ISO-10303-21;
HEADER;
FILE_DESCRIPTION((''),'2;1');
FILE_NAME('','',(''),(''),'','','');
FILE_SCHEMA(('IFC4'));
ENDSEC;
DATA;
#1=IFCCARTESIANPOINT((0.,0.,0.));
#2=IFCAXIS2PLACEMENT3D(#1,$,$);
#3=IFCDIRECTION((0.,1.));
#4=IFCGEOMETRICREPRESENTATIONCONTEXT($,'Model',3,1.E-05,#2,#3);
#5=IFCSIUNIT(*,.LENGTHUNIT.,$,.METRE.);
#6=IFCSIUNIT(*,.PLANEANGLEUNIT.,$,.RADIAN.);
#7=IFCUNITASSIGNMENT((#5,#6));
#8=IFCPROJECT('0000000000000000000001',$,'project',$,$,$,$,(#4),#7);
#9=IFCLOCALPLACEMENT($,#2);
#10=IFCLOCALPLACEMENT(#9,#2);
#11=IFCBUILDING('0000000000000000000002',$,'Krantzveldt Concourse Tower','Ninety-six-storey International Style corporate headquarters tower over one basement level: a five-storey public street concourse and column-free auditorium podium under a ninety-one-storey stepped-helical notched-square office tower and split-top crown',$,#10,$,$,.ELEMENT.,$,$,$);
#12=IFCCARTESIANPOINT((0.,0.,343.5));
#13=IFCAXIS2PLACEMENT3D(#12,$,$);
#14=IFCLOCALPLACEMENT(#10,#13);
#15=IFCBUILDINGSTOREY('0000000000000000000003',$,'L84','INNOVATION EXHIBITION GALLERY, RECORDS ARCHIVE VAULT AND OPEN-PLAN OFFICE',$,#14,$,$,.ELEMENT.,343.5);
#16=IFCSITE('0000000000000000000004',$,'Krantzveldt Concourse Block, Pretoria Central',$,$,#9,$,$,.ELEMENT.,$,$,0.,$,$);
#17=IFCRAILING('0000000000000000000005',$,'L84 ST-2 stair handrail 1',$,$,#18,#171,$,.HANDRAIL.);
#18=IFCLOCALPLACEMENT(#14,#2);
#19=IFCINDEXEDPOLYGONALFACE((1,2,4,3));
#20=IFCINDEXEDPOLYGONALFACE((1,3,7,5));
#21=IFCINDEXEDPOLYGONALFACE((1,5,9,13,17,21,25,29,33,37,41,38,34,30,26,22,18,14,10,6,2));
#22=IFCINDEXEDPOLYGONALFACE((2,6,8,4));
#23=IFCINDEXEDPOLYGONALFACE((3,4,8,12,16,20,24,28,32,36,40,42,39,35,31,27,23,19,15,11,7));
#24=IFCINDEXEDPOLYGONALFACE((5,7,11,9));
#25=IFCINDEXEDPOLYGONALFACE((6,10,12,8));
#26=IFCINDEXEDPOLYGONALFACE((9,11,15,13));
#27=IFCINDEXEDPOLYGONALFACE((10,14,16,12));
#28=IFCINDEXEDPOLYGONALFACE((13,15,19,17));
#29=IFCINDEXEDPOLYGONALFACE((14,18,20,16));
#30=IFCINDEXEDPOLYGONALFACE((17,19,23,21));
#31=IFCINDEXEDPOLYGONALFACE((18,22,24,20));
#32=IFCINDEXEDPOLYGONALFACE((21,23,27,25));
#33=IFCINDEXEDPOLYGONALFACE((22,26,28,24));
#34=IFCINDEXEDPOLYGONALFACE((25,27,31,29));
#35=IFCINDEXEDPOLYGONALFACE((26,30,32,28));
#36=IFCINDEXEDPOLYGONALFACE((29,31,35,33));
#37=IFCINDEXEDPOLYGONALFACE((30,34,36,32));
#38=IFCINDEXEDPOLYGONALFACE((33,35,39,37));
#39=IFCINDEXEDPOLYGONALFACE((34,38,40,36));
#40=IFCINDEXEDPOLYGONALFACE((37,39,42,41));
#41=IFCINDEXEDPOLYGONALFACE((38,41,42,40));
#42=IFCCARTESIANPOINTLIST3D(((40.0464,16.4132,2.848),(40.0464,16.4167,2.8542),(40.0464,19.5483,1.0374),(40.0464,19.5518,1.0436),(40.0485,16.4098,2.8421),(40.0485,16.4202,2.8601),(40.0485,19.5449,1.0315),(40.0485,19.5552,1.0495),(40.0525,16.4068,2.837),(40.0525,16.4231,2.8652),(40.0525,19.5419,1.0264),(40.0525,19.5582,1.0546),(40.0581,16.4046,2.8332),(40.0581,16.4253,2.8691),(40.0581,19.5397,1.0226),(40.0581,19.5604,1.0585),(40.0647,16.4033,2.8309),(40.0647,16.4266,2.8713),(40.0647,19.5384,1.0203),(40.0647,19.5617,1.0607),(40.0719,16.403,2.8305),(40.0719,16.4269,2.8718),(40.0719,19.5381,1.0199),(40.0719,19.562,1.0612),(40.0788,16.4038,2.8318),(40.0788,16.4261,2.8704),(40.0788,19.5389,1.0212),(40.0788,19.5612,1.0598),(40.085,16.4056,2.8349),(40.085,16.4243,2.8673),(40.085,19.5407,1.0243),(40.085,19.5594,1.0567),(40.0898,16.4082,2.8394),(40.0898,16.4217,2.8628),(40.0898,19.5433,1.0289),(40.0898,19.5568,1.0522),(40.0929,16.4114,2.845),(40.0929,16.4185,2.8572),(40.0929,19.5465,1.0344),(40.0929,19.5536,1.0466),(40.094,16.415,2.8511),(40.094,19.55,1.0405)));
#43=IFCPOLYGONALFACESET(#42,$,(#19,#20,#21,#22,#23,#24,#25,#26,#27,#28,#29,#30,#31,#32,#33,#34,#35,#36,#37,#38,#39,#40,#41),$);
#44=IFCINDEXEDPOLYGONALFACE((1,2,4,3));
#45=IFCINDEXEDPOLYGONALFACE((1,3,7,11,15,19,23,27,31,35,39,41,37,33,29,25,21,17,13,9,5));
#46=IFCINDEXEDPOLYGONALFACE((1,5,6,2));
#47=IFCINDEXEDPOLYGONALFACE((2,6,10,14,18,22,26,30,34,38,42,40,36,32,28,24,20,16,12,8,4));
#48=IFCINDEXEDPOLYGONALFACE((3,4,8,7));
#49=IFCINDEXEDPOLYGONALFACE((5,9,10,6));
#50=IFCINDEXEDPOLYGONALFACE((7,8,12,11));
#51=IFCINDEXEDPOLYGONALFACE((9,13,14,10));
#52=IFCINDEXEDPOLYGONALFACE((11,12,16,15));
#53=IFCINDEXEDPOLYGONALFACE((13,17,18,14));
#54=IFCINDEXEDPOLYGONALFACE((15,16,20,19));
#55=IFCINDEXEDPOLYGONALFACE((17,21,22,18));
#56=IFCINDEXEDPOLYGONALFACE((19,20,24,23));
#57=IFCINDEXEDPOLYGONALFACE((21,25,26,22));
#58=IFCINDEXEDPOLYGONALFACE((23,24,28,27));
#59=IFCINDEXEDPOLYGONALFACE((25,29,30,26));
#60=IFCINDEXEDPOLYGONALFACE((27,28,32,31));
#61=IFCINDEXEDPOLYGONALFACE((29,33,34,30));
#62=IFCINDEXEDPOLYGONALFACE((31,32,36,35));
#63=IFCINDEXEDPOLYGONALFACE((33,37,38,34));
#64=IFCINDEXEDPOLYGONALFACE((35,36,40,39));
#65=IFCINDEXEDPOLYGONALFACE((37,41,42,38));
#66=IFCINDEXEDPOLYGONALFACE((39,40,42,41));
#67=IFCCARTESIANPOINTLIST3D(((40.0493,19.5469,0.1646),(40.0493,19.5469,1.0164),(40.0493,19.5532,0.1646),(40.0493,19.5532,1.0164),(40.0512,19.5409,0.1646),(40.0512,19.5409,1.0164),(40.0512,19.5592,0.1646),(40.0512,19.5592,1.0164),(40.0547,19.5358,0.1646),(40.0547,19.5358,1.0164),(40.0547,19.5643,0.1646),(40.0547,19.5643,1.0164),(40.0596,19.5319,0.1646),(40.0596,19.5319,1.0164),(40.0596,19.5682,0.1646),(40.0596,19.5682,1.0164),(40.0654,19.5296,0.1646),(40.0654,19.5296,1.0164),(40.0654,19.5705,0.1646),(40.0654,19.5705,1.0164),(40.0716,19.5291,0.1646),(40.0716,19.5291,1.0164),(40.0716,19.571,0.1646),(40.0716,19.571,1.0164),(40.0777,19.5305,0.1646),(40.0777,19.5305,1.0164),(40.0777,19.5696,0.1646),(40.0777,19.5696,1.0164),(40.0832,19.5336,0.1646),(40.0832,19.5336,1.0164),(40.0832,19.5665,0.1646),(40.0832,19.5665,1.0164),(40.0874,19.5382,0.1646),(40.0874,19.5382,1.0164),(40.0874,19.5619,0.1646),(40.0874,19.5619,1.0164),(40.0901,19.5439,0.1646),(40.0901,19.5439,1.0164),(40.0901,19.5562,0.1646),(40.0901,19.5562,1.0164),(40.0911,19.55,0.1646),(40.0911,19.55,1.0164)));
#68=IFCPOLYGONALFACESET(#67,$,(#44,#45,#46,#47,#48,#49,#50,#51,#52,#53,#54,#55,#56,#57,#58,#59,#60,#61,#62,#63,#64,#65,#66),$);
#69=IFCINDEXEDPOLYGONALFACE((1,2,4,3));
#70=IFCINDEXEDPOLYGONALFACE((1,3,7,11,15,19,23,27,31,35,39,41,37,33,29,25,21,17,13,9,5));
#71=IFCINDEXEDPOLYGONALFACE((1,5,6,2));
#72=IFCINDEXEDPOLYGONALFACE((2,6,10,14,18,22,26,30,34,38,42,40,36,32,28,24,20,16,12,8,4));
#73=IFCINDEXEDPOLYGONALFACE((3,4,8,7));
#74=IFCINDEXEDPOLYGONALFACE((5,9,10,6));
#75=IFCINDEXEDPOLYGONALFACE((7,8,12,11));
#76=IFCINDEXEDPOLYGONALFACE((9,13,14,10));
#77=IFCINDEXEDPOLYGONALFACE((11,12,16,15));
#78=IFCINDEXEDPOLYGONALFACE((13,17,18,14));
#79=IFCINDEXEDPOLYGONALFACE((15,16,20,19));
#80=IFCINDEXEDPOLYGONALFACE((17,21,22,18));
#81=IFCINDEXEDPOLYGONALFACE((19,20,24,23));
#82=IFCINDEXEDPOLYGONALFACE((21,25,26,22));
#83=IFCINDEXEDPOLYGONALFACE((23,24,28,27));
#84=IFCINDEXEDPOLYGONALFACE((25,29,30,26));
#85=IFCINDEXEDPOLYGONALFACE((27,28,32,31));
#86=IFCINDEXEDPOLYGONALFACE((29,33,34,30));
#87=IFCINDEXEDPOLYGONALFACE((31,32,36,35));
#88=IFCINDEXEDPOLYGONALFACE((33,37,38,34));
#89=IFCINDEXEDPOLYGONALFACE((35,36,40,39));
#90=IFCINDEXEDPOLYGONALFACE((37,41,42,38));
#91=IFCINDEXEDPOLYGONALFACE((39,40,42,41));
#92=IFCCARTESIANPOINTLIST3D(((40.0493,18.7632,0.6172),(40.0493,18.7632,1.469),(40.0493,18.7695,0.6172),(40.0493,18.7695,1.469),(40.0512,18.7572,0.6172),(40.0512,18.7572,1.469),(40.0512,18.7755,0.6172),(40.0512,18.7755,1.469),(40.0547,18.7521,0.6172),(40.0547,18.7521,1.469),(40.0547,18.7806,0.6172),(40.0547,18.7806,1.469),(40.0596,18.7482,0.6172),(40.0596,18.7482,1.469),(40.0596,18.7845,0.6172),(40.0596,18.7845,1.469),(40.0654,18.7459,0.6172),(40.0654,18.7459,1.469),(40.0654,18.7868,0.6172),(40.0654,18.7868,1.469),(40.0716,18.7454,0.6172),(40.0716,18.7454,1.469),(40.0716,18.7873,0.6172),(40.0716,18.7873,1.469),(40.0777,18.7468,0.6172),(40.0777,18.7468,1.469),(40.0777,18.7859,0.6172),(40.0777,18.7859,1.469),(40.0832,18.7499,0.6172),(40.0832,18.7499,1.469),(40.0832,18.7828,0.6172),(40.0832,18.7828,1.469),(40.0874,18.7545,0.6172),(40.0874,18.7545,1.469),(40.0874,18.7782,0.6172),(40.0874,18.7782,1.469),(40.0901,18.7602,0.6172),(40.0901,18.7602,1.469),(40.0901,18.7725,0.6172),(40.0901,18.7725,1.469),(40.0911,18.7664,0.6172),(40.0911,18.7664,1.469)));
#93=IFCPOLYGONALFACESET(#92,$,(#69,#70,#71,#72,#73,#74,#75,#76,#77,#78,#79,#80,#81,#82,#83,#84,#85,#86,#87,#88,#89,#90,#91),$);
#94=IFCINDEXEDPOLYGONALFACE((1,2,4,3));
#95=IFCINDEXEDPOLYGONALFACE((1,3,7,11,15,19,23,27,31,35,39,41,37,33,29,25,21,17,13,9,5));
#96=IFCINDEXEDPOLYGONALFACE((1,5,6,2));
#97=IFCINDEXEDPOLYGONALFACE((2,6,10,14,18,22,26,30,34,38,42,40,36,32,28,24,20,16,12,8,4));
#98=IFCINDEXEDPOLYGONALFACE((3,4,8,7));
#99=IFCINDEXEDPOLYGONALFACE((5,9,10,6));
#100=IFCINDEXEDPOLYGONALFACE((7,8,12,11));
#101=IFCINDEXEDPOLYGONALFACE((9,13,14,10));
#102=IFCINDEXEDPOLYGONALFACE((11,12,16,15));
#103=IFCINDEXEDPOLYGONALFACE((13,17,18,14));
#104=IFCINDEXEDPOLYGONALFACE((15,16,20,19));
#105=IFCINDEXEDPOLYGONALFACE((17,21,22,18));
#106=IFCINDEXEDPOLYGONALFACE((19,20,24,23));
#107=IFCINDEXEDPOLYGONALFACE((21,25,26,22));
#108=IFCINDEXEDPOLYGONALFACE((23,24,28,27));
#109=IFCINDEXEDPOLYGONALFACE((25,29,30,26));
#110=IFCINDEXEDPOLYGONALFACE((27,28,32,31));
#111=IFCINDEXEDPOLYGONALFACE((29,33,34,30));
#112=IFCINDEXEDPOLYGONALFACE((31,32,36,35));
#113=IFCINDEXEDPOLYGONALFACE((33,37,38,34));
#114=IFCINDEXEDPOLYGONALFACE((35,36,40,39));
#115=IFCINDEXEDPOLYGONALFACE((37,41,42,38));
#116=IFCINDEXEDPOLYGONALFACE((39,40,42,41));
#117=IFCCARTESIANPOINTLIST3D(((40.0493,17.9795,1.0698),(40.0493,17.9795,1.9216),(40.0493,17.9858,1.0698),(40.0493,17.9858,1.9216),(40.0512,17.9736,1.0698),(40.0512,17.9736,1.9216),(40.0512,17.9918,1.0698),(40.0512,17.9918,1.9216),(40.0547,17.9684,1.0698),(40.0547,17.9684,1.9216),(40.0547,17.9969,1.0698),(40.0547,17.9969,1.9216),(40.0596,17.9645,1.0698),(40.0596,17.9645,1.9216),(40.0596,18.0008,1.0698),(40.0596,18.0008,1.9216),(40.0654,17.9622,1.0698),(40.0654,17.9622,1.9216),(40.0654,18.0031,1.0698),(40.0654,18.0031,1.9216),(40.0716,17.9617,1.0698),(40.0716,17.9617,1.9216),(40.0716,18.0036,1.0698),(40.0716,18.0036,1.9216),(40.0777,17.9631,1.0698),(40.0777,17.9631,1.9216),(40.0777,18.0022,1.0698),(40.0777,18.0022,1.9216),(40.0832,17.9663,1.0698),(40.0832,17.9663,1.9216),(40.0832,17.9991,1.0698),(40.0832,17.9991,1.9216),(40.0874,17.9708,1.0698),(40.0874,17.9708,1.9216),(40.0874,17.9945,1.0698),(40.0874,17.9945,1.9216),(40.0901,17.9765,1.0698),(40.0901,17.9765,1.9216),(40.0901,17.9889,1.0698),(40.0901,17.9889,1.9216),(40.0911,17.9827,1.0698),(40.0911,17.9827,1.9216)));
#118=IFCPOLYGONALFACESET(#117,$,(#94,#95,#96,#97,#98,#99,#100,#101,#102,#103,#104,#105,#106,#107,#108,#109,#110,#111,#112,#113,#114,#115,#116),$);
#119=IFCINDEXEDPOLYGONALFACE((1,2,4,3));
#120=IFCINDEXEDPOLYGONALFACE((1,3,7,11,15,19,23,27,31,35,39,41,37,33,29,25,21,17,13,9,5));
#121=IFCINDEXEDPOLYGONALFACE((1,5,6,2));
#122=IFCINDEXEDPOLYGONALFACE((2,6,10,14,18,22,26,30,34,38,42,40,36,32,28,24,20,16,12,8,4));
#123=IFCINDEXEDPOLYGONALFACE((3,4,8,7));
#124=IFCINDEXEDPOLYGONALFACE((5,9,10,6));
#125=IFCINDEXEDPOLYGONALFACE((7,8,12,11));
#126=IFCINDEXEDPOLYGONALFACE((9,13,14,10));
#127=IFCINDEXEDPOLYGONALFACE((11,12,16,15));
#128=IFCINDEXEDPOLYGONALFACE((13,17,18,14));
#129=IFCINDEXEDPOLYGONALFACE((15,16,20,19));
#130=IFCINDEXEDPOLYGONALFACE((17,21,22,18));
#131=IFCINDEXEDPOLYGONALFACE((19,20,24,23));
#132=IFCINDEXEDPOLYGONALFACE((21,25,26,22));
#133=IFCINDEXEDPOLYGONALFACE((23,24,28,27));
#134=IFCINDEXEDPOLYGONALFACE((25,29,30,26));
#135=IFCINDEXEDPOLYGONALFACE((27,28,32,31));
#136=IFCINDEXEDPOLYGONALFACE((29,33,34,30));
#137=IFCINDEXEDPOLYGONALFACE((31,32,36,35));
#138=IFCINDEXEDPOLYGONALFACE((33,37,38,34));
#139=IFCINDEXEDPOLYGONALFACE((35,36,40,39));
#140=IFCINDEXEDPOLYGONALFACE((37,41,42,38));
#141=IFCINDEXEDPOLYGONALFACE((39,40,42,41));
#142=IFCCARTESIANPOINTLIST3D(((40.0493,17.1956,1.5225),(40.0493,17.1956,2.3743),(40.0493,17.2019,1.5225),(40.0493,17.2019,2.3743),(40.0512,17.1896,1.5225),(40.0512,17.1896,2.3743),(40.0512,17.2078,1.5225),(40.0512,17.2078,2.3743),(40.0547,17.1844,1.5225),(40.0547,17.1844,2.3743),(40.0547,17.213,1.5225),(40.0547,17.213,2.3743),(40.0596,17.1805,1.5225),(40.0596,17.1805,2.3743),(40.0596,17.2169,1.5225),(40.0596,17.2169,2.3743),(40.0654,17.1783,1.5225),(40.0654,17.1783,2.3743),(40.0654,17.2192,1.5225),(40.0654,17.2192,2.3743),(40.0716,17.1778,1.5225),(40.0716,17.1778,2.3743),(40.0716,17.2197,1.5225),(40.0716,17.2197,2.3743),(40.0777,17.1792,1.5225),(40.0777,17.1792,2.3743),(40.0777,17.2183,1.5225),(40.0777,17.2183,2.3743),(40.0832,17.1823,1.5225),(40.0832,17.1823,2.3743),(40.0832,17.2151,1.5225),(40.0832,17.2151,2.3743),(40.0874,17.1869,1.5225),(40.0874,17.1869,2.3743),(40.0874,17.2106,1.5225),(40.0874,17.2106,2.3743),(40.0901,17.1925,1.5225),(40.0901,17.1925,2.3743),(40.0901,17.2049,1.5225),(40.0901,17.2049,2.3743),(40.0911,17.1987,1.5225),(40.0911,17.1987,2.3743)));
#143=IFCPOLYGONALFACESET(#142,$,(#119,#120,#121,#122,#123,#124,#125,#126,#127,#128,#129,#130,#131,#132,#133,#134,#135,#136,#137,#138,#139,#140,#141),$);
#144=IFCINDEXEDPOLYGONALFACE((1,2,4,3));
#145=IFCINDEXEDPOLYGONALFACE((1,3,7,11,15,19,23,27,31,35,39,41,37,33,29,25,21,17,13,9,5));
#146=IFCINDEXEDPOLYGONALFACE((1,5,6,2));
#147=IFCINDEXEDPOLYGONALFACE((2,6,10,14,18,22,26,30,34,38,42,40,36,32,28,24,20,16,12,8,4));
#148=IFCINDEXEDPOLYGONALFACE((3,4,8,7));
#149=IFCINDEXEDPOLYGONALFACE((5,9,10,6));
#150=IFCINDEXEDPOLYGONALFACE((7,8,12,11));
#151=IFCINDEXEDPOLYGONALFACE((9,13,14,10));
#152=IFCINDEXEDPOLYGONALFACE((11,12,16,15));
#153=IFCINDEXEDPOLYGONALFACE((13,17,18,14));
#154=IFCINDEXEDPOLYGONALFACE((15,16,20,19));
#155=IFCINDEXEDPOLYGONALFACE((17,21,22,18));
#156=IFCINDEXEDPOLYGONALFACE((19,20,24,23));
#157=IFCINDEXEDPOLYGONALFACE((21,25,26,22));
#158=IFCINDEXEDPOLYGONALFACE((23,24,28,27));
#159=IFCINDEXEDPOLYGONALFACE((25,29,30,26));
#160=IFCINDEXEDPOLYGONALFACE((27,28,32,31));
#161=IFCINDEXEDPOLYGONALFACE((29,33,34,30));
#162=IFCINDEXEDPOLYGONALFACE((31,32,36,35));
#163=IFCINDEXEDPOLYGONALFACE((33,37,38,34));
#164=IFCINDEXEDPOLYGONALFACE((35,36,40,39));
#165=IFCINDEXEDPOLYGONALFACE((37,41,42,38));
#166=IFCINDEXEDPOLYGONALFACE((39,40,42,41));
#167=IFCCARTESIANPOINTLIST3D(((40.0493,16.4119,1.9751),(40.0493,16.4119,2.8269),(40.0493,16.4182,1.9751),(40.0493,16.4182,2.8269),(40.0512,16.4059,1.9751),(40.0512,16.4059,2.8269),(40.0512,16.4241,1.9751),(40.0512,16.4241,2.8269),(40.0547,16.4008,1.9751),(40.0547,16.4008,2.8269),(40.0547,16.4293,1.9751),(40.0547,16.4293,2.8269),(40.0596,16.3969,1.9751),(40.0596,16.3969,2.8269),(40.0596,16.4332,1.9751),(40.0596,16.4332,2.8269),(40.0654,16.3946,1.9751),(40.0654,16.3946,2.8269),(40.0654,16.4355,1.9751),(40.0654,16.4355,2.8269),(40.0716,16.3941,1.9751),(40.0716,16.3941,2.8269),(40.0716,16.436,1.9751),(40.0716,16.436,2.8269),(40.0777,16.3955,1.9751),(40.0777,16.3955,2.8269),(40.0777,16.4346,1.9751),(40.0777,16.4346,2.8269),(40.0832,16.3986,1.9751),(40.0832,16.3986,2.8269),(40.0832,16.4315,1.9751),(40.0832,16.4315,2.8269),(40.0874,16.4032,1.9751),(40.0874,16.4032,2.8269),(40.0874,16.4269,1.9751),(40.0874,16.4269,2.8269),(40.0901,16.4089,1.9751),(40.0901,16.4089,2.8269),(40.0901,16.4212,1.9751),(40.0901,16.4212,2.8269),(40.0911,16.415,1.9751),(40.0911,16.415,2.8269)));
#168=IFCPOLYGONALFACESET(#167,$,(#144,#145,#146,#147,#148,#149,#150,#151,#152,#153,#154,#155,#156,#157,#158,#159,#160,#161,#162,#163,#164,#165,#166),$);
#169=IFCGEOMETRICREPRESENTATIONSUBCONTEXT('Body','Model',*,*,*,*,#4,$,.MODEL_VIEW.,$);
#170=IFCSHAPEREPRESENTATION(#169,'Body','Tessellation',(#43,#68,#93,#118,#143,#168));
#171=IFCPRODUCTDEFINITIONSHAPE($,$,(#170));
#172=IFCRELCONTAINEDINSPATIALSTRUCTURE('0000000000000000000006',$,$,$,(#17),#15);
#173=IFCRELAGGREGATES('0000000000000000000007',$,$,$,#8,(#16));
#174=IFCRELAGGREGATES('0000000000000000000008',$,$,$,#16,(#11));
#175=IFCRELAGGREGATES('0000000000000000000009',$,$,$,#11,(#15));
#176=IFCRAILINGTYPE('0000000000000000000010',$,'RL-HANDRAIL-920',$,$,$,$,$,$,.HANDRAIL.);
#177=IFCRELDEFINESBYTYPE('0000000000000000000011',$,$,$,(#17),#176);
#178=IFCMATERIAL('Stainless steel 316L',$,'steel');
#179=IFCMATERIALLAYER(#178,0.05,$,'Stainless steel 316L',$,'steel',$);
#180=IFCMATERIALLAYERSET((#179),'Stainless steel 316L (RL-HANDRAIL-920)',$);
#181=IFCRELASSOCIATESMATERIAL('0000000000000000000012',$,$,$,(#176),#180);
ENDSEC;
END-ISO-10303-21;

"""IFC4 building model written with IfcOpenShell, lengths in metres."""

from ifc_helpers import new_model, si_unit, direction, frame, origin, origin_2d, place, context, subcontext, project, spatial, circle, extrude, material, layer, layer_set, type_object, element, save


model = new_model("IFC4")

# Units and contexts
model_context = context("Model", 3, precision=1e-05, world=origin(), true_north=direction((0.0, 1.0)))
body_context = subcontext(model_context, "Body", "Model", "MODEL_VIEW")
ifc_project = project(units=[si_unit("LENGTHUNIT", "METRE"), si_unit("PLANEANGLEUNIT", "RADIAN")], contexts=[model_context])

# Site, building, storey
site_placement = place(None, origin())
site = spatial("IfcSite", under=ifc_project, at=site_placement, Name="Krantzveldt Concourse Block, Pretoria Central", CompositionType="ELEMENT", RefElevation=0.0)
building_placement = place(site_placement, origin())
building = spatial("IfcBuilding", under=site, at=building_placement, Name="Krantzveldt Concourse Tower", Description="Ninety-six-storey International Style corporate headquarters tower over one basement level: a five-storey public street concourse and column-free auditorium podium under a ninety-one-storey stepped-helical notched-square office tower and split-top crown", CompositionType="ELEMENT")
storey_placement = place(building_placement, frame((0.0, 0.0, 343.5)))
storey = spatial("IfcBuildingStorey", under=building, at=storey_placement, Name="L84", Description="INNOVATION EXHIBITION GALLERY, RECORDS ARCHIVE VAULT AND OPEN-PLAN OFFICE", CompositionType="ELEMENT", Elevation=343.5)

# Shared definitions
ifc_material_1 = material(Name="Stainless steel 316L", Category="steel")

# Railing
ifc_layer_1 = layer(ifc_material_1, 0.05, Name="Stainless steel 316L", Category="steel")
ifc_layer_set_1 = layer_set([ifc_layer_1], Name="Stainless steel 316L (RL-HANDRAIL-920)")
railing_type_1 = type_object("IfcRailingType", Name="RL-HANDRAIL-920", PredefinedType="HANDRAIL", material=ifc_layer_set_1)
railing_1_placement = place(storey_placement, frame((40.0701, 19.55, 0.1646)))
element("IfcRailing", 1, at=railing_1_placement, inside=storey, type_object=railing_type_1, Name="L84 ST-2 stair handrail 1", PredefinedType="HANDRAIL", context=body_context, shape_type="SweptSolid", body=[
    extrude(circle(Radius=0.0239, at=origin_2d()), frame((0.0, 0.0, 0.876), z_axis=(0.0, -0.86596, 0.500114), x_axis=(1.0, 0.0, 0.0)), (0.0, 0.0, 1.0), 3.6204),
    extrude(circle(Radius=0.021, at=origin_2d()), origin(), (0.0, 0.0, 1.0), 0.8518),
    extrude(circle(Radius=0.021, at=origin_2d()), frame((0.0, -0.7837, 0.4526)), (0.0, 0.0, 1.0), 0.8518),
    extrude(circle(Radius=0.021, at=origin_2d()), frame((0.0, -1.5674, 0.9053)), (0.0, 0.0, 1.0), 0.8518),
    extrude(circle(Radius=0.021, at=origin_2d()), frame((0.0, -2.3513, 1.3579)), (0.0, 0.0, 1.0), 0.8518),
    extrude(circle(Radius=0.021, at=origin_2d()), frame((0.0, -3.135, 1.8105)), (0.0, 0.0, 1.0), 0.8518),
])

save(model, "model.ifc")
